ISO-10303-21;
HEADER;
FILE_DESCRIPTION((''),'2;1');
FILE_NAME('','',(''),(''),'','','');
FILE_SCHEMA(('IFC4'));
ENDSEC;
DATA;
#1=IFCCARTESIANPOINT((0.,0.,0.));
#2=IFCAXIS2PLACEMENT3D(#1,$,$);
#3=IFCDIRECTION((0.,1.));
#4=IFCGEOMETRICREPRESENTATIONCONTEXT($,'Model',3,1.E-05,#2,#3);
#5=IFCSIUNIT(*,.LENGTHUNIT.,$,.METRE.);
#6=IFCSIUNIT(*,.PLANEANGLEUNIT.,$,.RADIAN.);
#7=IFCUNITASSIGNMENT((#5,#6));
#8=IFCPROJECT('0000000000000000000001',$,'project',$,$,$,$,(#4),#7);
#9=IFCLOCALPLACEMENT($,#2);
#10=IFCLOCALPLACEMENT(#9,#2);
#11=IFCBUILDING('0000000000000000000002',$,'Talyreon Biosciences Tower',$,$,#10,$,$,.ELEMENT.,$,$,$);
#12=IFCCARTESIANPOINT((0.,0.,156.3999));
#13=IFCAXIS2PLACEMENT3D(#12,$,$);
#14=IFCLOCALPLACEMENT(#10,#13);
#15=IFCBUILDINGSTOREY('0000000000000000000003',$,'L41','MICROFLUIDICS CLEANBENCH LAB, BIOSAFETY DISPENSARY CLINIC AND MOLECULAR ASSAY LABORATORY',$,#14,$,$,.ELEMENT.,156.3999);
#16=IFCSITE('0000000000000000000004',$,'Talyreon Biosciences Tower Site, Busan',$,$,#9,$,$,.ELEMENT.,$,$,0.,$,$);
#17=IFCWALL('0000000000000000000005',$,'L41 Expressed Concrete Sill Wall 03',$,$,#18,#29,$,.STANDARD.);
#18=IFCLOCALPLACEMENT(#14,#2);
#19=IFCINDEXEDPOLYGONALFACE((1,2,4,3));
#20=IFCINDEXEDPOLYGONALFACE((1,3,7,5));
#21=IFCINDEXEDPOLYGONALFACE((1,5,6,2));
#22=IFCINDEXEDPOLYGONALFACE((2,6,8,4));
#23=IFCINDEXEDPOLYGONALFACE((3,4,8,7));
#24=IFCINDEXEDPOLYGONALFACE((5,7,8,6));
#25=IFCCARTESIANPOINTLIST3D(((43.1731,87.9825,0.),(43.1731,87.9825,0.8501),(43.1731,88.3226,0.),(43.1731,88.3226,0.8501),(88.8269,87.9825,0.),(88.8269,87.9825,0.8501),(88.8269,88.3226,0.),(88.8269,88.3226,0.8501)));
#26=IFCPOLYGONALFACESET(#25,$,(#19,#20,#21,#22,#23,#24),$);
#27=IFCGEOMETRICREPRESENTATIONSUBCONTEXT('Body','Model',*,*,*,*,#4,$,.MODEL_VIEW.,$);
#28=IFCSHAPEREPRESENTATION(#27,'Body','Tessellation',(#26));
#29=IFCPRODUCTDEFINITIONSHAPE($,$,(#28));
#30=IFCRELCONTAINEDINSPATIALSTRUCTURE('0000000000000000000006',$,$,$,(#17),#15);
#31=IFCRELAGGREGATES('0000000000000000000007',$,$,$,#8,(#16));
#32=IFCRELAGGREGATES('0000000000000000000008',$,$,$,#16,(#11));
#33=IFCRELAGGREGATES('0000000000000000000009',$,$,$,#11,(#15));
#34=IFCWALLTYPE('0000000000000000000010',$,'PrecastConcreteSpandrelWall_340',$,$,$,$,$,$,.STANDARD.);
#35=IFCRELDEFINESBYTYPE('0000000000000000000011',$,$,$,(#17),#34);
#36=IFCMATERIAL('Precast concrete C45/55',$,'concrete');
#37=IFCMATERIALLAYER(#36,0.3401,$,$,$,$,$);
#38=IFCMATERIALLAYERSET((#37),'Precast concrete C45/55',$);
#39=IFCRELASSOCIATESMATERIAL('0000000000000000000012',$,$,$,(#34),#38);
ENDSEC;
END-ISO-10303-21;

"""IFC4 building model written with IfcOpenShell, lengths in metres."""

from ifc_helpers import new_model, si_unit, direction, frame, frame_2d, origin, place, context, subcontext, project, spatial, rectangle, extrude, material, layer, layer_set, type_object, element, save


model = new_model("IFC4")

# Units and contexts
model_context = context("Model", 3, precision=1e-05, world=origin(), true_north=direction((0.0, 1.0)))
body_context = subcontext(model_context, "Body", "Model", "MODEL_VIEW")
ifc_project = project(units=[si_unit("LENGTHUNIT", "METRE"), si_unit("PLANEANGLEUNIT", "RADIAN")], contexts=[model_context])

# Site, building, storey
site_placement = place(None, origin())
site = spatial("IfcSite", under=ifc_project, at=site_placement, Name="Talyreon Biosciences Tower Site, Busan", CompositionType="ELEMENT", RefElevation=0.0)
building_placement = place(site_placement, origin())
building = spatial("IfcBuilding", under=site, at=building_placement, Name="Talyreon Biosciences Tower", CompositionType="ELEMENT")
storey_placement = place(building_placement, frame((0.0, 0.0, 156.3999)))
storey = spatial("IfcBuildingStorey", under=building, at=storey_placement, Name="L41", Description="MICROFLUIDICS CLEANBENCH LAB, BIOSAFETY DISPENSARY CLINIC AND MOLECULAR ASSAY LABORATORY", CompositionType="ELEMENT", Elevation=156.3999)

# Shared definitions
ifc_material_1 = material(Name="Precast concrete C45/55", Category="concrete")

# Wall
ifc_layer_1 = layer(ifc_material_1, 0.3401)
ifc_layer_set_1 = layer_set([ifc_layer_1], Name="Precast concrete C45/55")
wall_type_1 = type_object("IfcWallType", Name="PrecastConcreteSpandrelWall_340", PredefinedType="STANDARD", material=ifc_layer_set_1)
wall_1_placement = place(storey_placement, frame((43.1731, 88.1526, 0.0), z_axis=(0.0, 0.0, 1.0), x_axis=(1.0, 0.0, 0.0)))
element("IfcWall", 1, at=wall_1_placement, inside=storey, type_object=wall_type_1, Name="L41 Expressed Concrete Sill Wall 03", PredefinedType="STANDARD", context=body_context, shape_type="SweptSolid", body=[
    extrude(rectangle(XDim=45.6538, YDim=0.3401, at=frame_2d((22.8269, 0.0))), origin(), (0.0, 0.0, 1.0), 0.8501),
])

save(model, "model.ifc")
